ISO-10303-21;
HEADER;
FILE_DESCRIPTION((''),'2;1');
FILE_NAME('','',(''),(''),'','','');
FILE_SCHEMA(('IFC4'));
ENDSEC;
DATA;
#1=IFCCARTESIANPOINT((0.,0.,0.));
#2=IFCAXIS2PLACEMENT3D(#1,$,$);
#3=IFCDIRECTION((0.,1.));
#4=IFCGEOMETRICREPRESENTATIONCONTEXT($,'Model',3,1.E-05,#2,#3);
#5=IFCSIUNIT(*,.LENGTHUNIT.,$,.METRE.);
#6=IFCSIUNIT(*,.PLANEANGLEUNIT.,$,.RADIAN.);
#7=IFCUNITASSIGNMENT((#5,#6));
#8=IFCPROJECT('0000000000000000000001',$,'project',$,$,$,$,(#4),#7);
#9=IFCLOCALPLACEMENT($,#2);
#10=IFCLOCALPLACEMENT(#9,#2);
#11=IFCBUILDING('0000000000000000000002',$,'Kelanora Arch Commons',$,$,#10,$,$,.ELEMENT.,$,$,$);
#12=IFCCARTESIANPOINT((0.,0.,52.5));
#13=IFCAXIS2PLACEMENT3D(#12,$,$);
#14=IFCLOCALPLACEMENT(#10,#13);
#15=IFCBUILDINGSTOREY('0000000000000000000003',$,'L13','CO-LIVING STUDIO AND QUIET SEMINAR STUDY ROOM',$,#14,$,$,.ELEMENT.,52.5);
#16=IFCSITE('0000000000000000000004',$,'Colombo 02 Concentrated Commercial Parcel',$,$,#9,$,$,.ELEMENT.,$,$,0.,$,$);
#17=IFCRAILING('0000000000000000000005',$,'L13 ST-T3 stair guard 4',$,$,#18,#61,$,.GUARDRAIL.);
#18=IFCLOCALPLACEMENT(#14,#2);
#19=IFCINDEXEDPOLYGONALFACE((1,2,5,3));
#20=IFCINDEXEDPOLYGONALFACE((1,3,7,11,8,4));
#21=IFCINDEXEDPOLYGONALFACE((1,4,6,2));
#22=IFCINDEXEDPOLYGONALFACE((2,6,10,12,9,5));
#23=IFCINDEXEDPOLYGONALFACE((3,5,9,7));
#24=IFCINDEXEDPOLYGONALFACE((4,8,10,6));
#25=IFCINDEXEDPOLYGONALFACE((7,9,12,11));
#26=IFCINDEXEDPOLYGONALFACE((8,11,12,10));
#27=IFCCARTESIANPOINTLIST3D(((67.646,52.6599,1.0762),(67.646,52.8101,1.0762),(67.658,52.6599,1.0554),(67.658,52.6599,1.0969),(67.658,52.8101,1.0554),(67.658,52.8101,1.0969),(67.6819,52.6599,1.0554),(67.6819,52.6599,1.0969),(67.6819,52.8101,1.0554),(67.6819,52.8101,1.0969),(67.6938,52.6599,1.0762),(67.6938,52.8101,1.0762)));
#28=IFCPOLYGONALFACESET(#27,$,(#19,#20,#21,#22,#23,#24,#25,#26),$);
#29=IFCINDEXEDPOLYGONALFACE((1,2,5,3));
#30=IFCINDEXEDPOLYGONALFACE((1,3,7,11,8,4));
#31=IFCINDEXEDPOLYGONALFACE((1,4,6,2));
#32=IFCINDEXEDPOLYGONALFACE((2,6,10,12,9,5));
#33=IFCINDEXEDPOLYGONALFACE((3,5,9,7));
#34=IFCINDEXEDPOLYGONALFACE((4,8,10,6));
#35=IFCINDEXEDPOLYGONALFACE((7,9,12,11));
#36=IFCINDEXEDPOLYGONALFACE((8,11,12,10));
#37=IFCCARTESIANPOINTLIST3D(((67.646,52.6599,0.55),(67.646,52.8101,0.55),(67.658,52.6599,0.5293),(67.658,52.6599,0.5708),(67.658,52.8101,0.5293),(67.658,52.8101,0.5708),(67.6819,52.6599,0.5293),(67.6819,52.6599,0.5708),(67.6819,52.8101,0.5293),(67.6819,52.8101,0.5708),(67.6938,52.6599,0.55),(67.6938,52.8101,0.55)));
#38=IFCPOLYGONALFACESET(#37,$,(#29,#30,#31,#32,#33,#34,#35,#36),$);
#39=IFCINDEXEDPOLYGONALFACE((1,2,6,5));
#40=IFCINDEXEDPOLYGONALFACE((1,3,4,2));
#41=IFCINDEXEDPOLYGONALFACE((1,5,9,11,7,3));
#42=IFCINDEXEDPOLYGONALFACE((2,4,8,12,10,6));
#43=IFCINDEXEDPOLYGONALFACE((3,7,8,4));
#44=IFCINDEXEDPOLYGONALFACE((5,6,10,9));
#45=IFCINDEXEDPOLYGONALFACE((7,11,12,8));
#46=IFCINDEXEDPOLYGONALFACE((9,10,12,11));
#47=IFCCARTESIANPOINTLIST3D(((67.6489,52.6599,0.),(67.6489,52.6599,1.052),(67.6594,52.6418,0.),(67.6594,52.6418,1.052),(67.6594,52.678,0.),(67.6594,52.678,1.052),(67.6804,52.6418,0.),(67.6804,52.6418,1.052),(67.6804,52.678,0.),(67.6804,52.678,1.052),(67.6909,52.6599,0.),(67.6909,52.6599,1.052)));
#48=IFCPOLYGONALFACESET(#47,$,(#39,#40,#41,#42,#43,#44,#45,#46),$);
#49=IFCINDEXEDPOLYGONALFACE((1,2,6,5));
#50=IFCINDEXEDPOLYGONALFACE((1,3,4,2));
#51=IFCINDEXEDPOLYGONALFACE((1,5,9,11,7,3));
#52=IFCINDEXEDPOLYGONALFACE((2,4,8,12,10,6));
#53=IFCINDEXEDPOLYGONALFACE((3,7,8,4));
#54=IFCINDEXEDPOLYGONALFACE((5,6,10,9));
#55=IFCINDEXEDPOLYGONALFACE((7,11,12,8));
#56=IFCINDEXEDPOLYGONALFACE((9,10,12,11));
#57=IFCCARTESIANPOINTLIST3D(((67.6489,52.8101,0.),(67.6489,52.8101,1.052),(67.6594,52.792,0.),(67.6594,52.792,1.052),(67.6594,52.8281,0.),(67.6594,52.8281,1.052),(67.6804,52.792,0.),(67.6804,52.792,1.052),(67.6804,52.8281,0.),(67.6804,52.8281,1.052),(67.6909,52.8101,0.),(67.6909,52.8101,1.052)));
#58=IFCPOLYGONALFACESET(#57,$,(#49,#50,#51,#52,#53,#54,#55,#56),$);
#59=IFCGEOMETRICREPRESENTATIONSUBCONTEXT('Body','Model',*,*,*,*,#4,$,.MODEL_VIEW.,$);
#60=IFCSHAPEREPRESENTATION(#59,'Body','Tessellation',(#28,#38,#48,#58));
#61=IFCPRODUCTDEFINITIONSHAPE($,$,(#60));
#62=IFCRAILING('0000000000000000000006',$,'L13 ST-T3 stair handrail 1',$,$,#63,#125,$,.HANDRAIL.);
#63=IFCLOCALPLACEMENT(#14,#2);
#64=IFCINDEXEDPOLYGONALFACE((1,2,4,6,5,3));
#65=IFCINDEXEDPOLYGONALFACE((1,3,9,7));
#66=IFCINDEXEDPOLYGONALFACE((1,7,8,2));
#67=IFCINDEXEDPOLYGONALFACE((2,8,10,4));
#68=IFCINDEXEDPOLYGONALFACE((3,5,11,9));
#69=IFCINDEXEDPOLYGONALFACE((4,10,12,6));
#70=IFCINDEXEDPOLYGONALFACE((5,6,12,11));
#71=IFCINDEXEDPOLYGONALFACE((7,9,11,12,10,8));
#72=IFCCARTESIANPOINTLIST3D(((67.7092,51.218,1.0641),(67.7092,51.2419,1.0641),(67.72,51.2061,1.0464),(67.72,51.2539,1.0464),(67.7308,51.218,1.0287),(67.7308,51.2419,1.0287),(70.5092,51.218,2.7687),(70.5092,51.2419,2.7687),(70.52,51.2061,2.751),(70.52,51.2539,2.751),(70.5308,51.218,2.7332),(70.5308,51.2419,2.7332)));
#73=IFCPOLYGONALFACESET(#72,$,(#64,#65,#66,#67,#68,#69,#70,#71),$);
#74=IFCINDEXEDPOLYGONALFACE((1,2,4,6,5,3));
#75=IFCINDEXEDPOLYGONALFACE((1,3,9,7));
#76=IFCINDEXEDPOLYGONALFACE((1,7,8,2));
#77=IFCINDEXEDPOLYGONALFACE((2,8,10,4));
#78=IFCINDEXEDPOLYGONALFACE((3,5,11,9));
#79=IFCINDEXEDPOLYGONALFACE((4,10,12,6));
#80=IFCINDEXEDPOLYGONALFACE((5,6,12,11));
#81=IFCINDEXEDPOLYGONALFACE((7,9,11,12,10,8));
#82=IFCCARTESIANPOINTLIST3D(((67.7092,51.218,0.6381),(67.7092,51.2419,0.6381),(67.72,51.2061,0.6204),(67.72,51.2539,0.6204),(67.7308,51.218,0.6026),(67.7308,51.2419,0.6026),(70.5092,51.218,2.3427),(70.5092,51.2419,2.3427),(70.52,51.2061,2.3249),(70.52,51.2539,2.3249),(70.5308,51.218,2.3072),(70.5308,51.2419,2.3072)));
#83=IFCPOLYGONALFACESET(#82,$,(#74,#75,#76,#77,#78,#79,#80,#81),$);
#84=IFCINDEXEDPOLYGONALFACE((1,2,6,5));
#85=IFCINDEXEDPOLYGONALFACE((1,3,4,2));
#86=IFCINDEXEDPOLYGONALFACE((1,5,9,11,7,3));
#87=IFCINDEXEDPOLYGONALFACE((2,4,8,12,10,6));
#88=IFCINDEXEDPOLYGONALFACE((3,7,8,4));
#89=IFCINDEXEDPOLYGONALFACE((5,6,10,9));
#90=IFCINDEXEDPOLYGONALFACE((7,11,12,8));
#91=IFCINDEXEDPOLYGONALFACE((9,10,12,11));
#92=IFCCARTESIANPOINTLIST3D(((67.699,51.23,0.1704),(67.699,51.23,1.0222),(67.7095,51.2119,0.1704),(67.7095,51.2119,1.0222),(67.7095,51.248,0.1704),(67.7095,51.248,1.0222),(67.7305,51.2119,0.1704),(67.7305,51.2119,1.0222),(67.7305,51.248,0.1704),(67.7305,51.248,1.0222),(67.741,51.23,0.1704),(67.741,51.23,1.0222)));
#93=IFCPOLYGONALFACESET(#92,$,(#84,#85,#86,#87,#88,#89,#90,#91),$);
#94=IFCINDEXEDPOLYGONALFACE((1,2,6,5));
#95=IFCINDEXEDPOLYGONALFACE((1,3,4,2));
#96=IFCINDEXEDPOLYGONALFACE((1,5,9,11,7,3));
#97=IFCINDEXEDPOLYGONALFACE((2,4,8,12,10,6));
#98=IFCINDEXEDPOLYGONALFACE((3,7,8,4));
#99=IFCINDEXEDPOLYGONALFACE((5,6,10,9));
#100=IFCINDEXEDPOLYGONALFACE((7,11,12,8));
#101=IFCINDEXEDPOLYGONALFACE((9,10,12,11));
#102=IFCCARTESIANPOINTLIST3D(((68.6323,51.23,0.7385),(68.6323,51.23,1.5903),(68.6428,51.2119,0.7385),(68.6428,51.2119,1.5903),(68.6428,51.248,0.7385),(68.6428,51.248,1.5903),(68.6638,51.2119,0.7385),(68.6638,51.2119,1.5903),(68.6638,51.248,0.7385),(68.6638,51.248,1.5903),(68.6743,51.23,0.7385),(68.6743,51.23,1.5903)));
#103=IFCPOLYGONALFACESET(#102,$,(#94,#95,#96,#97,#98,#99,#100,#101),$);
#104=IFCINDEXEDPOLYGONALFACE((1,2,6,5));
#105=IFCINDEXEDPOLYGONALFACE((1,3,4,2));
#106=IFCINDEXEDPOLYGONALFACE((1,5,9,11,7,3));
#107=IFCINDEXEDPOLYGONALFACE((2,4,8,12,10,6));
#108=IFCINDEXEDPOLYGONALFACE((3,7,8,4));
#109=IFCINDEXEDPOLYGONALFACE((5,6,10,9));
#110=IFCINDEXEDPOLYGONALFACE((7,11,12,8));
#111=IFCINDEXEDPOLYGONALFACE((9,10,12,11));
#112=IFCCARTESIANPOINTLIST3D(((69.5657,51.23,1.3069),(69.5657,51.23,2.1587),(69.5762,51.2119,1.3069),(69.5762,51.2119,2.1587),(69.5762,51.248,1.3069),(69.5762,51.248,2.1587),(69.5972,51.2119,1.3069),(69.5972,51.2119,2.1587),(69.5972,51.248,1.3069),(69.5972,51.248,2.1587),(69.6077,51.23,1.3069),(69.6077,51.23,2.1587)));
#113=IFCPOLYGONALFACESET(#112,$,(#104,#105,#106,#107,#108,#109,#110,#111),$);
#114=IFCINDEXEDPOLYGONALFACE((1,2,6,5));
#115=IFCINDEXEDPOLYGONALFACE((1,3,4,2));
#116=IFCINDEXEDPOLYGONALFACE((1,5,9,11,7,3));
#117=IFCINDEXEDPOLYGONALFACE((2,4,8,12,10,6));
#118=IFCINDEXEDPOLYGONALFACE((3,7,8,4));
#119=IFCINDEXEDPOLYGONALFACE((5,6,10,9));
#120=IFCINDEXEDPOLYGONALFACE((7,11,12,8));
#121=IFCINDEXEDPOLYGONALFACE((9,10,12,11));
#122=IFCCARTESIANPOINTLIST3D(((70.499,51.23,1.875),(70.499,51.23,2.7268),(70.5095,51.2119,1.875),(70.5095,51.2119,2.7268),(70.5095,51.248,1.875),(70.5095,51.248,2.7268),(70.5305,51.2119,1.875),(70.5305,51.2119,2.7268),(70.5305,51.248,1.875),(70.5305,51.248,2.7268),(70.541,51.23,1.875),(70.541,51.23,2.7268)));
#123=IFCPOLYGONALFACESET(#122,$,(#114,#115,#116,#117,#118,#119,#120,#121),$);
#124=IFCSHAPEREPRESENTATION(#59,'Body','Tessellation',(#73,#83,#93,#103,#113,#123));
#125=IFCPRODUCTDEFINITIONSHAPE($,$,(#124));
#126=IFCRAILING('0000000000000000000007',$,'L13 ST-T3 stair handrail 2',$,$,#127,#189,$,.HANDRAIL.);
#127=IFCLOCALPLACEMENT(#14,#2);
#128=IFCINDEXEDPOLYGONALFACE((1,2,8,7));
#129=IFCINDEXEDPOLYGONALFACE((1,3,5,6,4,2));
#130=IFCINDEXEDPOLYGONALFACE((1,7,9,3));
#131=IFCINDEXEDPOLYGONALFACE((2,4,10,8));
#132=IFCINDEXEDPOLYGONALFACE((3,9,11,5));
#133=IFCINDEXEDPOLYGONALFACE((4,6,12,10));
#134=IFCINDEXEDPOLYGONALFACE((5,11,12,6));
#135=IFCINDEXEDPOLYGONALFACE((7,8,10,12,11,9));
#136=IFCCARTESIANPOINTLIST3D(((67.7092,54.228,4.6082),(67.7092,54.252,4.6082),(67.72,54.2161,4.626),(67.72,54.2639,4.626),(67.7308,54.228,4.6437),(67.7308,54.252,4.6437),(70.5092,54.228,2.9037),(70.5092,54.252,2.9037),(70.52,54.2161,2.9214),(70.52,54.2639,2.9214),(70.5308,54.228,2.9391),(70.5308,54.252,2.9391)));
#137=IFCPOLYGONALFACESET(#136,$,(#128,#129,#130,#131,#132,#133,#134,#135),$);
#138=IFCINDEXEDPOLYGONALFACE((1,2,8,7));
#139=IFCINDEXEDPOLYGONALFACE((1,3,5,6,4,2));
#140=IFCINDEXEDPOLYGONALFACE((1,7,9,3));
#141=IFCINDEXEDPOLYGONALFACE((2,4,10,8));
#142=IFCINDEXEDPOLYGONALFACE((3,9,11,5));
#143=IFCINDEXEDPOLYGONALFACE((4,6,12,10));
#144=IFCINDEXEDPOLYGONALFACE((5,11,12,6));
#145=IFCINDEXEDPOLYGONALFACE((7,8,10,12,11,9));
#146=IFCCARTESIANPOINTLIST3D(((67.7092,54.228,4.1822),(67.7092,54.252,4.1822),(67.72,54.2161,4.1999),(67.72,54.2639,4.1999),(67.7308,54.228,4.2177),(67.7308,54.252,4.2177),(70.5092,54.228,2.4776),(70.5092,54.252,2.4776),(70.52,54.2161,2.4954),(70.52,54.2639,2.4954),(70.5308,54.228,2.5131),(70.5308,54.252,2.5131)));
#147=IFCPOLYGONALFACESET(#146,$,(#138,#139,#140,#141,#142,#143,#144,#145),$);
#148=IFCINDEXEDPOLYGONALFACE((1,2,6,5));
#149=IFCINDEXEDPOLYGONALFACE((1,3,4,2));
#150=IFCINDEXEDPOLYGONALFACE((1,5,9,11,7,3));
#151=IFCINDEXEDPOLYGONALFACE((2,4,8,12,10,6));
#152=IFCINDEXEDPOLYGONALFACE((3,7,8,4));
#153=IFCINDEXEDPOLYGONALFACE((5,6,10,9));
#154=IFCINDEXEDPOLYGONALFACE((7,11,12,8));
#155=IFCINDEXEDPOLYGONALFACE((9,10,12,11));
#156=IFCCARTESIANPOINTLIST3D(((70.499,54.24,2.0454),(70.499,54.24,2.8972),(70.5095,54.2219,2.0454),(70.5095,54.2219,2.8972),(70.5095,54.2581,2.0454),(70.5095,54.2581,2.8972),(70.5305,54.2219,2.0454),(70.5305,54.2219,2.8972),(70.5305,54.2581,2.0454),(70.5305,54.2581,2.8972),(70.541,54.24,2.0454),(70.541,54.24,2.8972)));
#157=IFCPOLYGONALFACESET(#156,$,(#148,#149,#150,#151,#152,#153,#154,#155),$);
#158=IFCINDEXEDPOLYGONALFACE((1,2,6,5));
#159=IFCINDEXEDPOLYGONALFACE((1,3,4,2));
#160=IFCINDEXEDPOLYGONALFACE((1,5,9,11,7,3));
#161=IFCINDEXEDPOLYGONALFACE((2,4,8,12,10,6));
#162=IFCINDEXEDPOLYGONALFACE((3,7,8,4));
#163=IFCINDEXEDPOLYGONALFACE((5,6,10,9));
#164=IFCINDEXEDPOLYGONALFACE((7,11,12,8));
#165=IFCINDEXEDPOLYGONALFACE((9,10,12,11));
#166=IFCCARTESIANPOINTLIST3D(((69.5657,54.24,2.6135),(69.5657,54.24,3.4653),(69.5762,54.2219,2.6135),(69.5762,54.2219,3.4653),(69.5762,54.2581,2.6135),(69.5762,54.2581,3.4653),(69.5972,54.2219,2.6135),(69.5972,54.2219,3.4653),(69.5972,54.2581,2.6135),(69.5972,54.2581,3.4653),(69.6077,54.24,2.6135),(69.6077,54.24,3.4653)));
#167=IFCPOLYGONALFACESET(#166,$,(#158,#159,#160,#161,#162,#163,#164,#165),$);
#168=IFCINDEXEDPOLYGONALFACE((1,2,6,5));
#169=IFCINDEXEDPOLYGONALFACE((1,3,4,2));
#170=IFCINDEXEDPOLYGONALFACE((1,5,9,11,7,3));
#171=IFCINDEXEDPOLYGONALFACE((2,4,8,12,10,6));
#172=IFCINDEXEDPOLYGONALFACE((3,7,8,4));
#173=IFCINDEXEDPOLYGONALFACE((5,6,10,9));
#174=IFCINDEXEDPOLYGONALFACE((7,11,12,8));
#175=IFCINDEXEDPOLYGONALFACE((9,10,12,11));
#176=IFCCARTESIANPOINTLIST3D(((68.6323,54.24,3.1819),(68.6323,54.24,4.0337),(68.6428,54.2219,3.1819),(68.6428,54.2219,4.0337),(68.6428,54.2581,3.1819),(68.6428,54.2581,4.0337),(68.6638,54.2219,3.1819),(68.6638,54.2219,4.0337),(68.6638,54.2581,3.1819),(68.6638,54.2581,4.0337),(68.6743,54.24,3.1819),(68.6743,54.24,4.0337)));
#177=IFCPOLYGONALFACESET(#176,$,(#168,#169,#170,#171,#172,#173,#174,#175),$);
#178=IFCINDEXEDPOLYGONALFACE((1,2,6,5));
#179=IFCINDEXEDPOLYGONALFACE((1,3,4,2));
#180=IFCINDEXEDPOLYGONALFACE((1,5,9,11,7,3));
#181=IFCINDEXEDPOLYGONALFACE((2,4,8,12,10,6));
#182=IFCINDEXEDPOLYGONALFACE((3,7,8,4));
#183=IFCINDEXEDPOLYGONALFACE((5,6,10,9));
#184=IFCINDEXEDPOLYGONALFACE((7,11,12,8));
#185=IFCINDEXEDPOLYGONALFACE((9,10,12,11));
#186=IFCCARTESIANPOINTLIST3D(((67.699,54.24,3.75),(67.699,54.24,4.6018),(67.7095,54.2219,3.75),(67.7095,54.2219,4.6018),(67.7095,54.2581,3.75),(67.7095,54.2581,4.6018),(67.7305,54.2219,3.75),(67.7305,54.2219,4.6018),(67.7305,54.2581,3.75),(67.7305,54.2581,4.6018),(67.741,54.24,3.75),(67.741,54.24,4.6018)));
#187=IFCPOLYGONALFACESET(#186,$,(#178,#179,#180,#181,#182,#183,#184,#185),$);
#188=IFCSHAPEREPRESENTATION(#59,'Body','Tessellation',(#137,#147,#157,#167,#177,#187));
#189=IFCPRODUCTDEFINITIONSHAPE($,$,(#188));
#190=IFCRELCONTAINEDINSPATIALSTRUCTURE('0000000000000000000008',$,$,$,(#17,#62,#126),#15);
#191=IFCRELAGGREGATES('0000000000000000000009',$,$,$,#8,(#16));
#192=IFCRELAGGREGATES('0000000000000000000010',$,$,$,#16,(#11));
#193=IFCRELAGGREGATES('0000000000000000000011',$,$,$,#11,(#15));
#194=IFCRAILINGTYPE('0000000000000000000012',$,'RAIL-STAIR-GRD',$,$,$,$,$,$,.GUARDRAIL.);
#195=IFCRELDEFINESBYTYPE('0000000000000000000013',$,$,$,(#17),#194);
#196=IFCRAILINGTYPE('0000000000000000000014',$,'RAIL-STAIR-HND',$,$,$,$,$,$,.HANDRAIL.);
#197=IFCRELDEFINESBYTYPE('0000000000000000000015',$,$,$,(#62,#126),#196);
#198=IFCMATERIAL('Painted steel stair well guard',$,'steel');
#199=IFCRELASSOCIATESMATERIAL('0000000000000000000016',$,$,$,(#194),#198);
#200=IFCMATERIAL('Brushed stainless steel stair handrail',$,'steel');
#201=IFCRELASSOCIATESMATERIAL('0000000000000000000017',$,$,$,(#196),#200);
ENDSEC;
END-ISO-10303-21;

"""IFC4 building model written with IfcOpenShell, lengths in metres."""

from ifc_helpers import new_model, si_unit, direction, frame, origin, place, context, subcontext, project, spatial, polyline, outline, extrude, material, type_object, element, save


model = new_model("IFC4")

# Units and contexts
model_context = context("Model", 3, precision=1e-05, world=origin(), true_north=direction((0.0, 1.0)))
body_context = subcontext(model_context, "Body", "Model", "MODEL_VIEW")
ifc_project = project(units=[si_unit("LENGTHUNIT", "METRE"), si_unit("PLANEANGLEUNIT", "RADIAN")], contexts=[model_context])

# Site, building, storey
site_placement = place(None, origin())
site = spatial("IfcSite", under=ifc_project, at=site_placement, Name="Colombo 02 Concentrated Commercial Parcel", CompositionType="ELEMENT", RefElevation=0.0)
building_placement = place(site_placement, origin())
building = spatial("IfcBuilding", under=site, at=building_placement, Name="Kelanora Arch Commons", CompositionType="ELEMENT")
storey_placement = place(building_placement, frame((0.0, 0.0, 52.5)))
storey = spatial("IfcBuildingStorey", under=building, at=storey_placement, Name="L13", Description="CO-LIVING STUDIO AND QUIET SEMINAR STUDY ROOM", CompositionType="ELEMENT", Elevation=52.5)

# Railings
ifc_material_1 = material(Name="Painted steel stair well guard", Category="steel")
railing_type_1 = type_object("IfcRailingType", Name="RAIL-STAIR-GRD", PredefinedType="GUARDRAIL", material=ifc_material_1)
railing_1_placement = place(storey_placement, frame((67.6699, 52.6599, 0.0)))
element("IfcRailing", 1, at=railing_1_placement, inside=storey, type_object=railing_type_1, Name="L13 ST-T3 stair guard 4", PredefinedType="GUARDRAIL", context=body_context, shape_type="SweptSolid", body=[
    extrude(outline(polyline([(0.0239, 0.0), (0.012, 0.0208), (-0.012, 0.0208), (-0.0239, 0.0), (-0.012, -0.0208), (0.012, -0.0208), (0.0239, 0.0)])), frame((0.0, 0.0, 1.0762), z_axis=(0.0, 1.0, 0.0), x_axis=(-1.0, 0.0, 0.0)), (0.0, 0.0, 1.0), 0.1501),
    extrude(outline(polyline([(0.0239, 0.0), (0.012, 0.0208), (-0.012, 0.0208), (-0.0239, 0.0), (-0.012, -0.0208), (0.012, -0.0208), (0.0239, 0.0)])), frame((0.0, 0.0, 0.55), z_axis=(0.0, 1.0, 0.0), x_axis=(-1.0, 0.0, 0.0)), (0.0, 0.0, 1.0), 0.1501),
    extrude(outline(polyline([(0.021, 0.0), (0.0105, 0.0181), (-0.0105, 0.0181), (-0.021, 0.0), (-0.0105, -0.0181), (0.0105, -0.0181), (0.021, 0.0)])), origin(), (0.0, 0.0, 1.0), 1.052),
    extrude(outline(polyline([(0.021, 0.0), (0.0105, 0.0181), (-0.0105, 0.0181), (-0.021, 0.0), (-0.0105, -0.0181), (0.0105, -0.0181), (0.021, 0.0)])), frame((0.0, 0.1501, 0.0)), (0.0, 0.0, 1.0), 1.052),
])
ifc_material_2 = material(Name="Brushed stainless steel stair handrail", Category="steel")
railing_type_2 = type_object("IfcRailingType", Name="RAIL-STAIR-HND", PredefinedType="HANDRAIL", material=ifc_material_2)
railing_2_placement = place(storey_placement, frame((67.72, 51.23, 0.1704)))
element("IfcRailing", 2, at=railing_2_placement, inside=storey, type_object=railing_type_2, Name="L13 ST-T3 stair handrail 1", PredefinedType="HANDRAIL", context=body_context, shape_type="SweptSolid", body=[
    extrude(outline(polyline([(0.0239, 0.0), (0.012, 0.0208), (-0.012, 0.0208), (-0.0239, 0.0), (-0.012, -0.0208), (0.012, -0.0208), (0.0239, 0.0)])), frame((0.0, 0.0, 0.876), z_axis=(0.85417, 0.0, 0.519994), x_axis=(0.0, 1.0, 0.0)), (0.0, 0.0, 1.0), 3.2781),
    extrude(outline(polyline([(0.0239, 0.0), (0.012, 0.0208), (-0.012, 0.0208), (-0.0239, 0.0), (-0.012, -0.0208), (0.012, -0.0208), (0.0239, 0.0)])), frame((0.0, 0.0, 0.45), z_axis=(0.85417, 0.0, 0.519994), x_axis=(0.0, 1.0, 0.0)), (0.0, 0.0, 1.0), 3.2781),
    extrude(outline(polyline([(0.021, 0.0), (0.0105, 0.0181), (-0.0105, 0.0181), (-0.021, 0.0), (-0.0105, -0.0181), (0.0105, -0.0181), (0.021, 0.0)])), origin(), (0.0, 0.0, 1.0), 0.8518),
    extrude(outline(polyline([(0.021, 0.0), (0.0105, 0.0181), (-0.0105, 0.0181), (-0.021, 0.0), (-0.0105, -0.0181), (0.0105, -0.0181), (0.021, 0.0)])), frame((0.9333, 0.0, 0.5681)), (0.0, 0.0, 1.0), 0.8518),
    extrude(outline(polyline([(0.021, 0.0), (0.0105, 0.0181), (-0.0105, 0.0181), (-0.021, 0.0), (-0.0105, -0.0181), (0.0105, -0.0181), (0.021, 0.0)])), frame((1.8667, 0.0, 1.1365)), (0.0, 0.0, 1.0), 0.8518),
    extrude(outline(polyline([(0.021, 0.0), (0.0105, 0.0181), (-0.0105, 0.0181), (-0.021, 0.0), (-0.0105, -0.0181), (0.0105, -0.0181), (0.021, 0.0)])), frame((2.8, 0.0, 1.7046)), (0.0, 0.0, 1.0), 0.8518),
])
railing_3_placement = place(storey_placement, frame((70.52, 54.24, 2.0454)))
element("IfcRailing", 3, at=railing_3_placement, inside=storey, type_object=railing_type_2, Name="L13 ST-T3 stair handrail 2", PredefinedType="HANDRAIL", context=body_context, shape_type="SweptSolid", body=[
    extrude(outline(polyline([(0.0239, 0.0), (0.012, 0.0208), (-0.012, 0.0208), (-0.0239, 0.0), (-0.012, -0.0208), (0.012, -0.0208), (0.0239, 0.0)])), frame((0.0, 0.0, 0.876), z_axis=(-0.85417, 0.0, 0.519994), x_axis=(0.0, -1.0, 0.0)), (0.0, 0.0, 1.0), 3.2781),
    extrude(outline(polyline([(0.0239, 0.0), (0.012, 0.0208), (-0.012, 0.0208), (-0.0239, 0.0), (-0.012, -0.0208), (0.012, -0.0208), (0.0239, 0.0)])), frame((0.0, 0.0, 0.45), z_axis=(-0.85417, 0.0, 0.519994), x_axis=(0.0, -1.0, 0.0)), (0.0, 0.0, 1.0), 3.2781),
    extrude(outline(polyline([(0.021, 0.0), (0.0105, 0.0181), (-0.0105, 0.0181), (-0.021, 0.0), (-0.0105, -0.0181), (0.0105, -0.0181), (0.021, 0.0)])), origin(), (0.0, 0.0, 1.0), 0.8518),
    extrude(outline(polyline([(0.021, 0.0), (0.0105, 0.0181), (-0.0105, 0.0181), (-0.021, 0.0), (-0.0105, -0.0181), (0.0105, -0.0181), (0.021, 0.0)])), frame((-0.9333, 0.0, 0.5681)), (0.0, 0.0, 1.0), 0.8518),
    extrude(outline(polyline([(0.021, 0.0), (0.0105, 0.0181), (-0.0105, 0.0181), (-0.021, 0.0), (-0.0105, -0.0181), (0.0105, -0.0181), (0.021, 0.0)])), frame((-1.8667, 0.0, 1.1365)), (0.0, 0.0, 1.0), 0.8518),
    extrude(outline(polyline([(0.021, 0.0), (0.0105, 0.0181), (-0.0105, 0.0181), (-0.021, 0.0), (-0.0105, -0.0181), (0.0105, -0.0181), (0.021, 0.0)])), frame((-2.8, 0.0, 1.7046)), (0.0, 0.0, 1.0), 0.8518),
])

save(model, "model.ifc")
